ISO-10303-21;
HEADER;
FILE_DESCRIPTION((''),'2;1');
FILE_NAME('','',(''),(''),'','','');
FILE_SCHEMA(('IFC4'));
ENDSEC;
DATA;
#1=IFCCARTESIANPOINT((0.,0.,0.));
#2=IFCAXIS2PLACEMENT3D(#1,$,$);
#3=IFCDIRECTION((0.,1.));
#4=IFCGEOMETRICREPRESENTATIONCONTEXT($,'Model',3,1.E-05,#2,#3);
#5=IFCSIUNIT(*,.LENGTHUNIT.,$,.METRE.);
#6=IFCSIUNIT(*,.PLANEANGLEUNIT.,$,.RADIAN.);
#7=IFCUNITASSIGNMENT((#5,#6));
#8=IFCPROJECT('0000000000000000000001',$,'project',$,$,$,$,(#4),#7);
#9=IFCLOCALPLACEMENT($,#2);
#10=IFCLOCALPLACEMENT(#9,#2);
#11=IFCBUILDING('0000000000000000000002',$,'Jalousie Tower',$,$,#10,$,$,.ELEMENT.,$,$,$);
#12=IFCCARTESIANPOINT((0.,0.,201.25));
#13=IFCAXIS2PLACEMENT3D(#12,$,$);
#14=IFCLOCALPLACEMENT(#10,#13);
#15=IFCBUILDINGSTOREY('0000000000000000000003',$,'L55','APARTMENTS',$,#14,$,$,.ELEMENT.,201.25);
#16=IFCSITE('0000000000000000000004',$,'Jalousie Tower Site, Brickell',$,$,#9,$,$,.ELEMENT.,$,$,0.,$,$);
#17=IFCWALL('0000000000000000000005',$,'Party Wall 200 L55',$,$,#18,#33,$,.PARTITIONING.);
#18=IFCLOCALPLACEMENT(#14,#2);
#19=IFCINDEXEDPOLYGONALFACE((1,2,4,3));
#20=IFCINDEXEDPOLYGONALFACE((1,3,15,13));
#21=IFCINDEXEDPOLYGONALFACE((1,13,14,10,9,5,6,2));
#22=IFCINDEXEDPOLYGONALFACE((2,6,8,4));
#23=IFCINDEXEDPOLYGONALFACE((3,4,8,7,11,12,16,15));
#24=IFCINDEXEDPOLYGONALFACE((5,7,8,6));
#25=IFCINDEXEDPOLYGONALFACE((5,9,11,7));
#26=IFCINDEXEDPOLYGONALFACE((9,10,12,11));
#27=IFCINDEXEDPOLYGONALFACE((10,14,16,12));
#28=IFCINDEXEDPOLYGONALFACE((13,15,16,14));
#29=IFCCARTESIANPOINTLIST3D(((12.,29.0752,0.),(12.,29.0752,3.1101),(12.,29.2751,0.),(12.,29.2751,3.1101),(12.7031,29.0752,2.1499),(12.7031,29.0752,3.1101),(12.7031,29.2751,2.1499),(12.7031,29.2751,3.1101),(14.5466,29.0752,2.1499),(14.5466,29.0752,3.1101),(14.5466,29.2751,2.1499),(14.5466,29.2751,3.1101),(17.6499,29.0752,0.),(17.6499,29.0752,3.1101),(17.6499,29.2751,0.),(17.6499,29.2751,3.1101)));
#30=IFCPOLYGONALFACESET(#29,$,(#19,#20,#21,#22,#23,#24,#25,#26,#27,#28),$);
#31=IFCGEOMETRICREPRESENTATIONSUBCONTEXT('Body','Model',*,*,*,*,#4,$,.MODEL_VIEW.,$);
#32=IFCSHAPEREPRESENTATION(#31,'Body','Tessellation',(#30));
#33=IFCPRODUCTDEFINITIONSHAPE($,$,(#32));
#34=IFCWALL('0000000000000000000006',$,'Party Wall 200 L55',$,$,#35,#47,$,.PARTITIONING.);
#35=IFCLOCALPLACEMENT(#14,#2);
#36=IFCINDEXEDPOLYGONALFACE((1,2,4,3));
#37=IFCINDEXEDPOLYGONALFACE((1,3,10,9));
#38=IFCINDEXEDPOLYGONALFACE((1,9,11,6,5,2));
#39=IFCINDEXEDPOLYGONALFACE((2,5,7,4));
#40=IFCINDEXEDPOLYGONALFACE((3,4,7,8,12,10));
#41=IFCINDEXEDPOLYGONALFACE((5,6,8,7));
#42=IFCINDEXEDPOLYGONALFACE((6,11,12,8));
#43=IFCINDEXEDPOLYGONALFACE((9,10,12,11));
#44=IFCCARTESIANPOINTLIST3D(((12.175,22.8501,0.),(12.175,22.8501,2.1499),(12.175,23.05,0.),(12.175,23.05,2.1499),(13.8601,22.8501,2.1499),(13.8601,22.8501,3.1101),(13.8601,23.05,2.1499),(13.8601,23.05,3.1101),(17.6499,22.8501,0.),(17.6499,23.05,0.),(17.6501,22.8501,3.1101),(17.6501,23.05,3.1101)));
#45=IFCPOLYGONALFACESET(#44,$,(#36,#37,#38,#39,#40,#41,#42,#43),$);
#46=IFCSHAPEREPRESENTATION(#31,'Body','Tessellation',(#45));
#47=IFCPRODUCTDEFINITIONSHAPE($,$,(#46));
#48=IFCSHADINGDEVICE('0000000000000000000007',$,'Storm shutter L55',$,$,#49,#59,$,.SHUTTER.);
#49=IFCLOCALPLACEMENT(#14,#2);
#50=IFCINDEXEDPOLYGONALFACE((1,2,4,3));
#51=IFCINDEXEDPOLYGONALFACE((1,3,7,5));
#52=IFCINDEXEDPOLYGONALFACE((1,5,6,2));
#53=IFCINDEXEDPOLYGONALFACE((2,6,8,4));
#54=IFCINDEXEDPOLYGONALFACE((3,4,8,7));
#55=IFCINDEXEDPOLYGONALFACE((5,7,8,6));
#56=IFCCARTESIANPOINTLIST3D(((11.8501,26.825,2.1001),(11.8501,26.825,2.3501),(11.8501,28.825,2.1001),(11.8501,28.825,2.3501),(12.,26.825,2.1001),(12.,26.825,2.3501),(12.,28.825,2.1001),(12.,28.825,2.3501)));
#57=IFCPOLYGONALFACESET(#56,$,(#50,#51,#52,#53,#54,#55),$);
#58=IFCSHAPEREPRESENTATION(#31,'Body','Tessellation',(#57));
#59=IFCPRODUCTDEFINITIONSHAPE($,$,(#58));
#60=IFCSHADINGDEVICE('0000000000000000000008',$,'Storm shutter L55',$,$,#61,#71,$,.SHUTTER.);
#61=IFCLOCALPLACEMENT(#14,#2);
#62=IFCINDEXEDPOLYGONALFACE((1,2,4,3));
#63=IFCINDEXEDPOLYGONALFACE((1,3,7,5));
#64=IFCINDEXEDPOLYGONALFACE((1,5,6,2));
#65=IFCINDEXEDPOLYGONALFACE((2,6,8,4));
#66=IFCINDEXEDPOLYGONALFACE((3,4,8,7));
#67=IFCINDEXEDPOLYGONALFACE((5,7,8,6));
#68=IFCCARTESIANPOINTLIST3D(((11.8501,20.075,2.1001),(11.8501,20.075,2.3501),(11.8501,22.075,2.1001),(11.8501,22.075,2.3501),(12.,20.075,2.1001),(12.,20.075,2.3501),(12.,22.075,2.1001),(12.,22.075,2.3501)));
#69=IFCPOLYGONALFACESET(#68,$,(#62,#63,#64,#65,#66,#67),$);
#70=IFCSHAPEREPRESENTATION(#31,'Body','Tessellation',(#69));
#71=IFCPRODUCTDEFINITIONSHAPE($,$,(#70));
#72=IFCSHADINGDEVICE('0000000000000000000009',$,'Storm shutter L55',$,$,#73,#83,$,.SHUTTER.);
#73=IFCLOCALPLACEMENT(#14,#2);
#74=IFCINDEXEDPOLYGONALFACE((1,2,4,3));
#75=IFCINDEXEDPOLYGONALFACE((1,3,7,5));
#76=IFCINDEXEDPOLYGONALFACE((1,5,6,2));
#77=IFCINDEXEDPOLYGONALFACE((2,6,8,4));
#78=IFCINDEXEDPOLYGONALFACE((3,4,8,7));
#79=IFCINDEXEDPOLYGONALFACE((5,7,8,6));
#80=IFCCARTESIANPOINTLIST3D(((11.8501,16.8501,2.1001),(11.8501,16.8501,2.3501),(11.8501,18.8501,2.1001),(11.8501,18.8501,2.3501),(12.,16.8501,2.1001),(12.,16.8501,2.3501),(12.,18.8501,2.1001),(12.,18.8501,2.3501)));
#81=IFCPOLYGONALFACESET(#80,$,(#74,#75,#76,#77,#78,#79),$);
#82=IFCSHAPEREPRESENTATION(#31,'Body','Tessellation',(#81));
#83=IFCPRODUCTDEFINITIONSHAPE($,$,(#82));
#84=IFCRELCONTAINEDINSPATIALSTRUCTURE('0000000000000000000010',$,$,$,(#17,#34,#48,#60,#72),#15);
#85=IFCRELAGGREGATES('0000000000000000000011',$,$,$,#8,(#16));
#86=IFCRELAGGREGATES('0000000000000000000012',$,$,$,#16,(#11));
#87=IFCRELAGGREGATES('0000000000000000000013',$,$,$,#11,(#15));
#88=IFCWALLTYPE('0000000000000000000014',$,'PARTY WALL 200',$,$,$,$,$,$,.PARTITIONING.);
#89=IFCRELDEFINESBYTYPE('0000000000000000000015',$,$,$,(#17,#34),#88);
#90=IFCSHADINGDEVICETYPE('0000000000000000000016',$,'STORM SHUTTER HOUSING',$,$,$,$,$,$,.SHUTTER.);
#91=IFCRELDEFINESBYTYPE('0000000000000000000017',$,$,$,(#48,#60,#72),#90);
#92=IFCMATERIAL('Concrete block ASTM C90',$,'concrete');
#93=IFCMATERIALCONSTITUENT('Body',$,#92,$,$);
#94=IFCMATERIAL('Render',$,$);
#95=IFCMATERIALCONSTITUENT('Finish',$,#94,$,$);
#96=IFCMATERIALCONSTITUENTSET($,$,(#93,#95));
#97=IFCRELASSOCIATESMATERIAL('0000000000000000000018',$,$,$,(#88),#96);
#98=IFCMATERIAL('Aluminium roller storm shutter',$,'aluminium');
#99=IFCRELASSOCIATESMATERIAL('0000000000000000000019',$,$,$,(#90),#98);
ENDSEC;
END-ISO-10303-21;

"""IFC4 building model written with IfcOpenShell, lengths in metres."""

from ifc_helpers import new_model, si_unit, direction, frame, origin, origin_2d, place, context, subcontext, project, spatial, polyline, rectangle, outline, extrude, material, constituent, constituent_set, type_object, element, save


model = new_model("IFC4")

# Units and contexts
model_context = context("Model", 3, precision=1e-05, world=origin(), true_north=direction((0.0, 1.0)))
body_context = subcontext(model_context, "Body", "Model", "MODEL_VIEW")
ifc_project = project(units=[si_unit("LENGTHUNIT", "METRE"), si_unit("PLANEANGLEUNIT", "RADIAN")], contexts=[model_context])

# Site, building, storey
site_placement = place(None, origin())
site = spatial("IfcSite", under=ifc_project, at=site_placement, Name="Jalousie Tower Site, Brickell", CompositionType="ELEMENT", RefElevation=0.0)
building_placement = place(site_placement, origin())
building = spatial("IfcBuilding", under=site, at=building_placement, Name="Jalousie Tower", CompositionType="ELEMENT")
storey_placement = place(building_placement, frame((0.0, 0.0, 201.25)))
storey = spatial("IfcBuildingStorey", under=building, at=storey_placement, Name="L55", Description="APARTMENTS", CompositionType="ELEMENT", Elevation=201.25)

# Walls
ifc_material_1 = material(Name="Concrete block ASTM C90", Category="concrete")
ifc_constituent_1 = constituent(ifc_material_1, Name="Body")
ifc_material_2 = material(Name="Render")
ifc_constituent_2 = constituent(ifc_material_2, Name="Finish")
ifc_constituent_set_1 = constituent_set(constituents=[ifc_constituent_1, ifc_constituent_2])
wall_type_1 = type_object("IfcWallType", Name="PARTY WALL 200", PredefinedType="PARTITIONING", material=ifc_constituent_set_1)
wall_1_placement = place(storey_placement, frame((12.0, 29.175, 0.0), z_axis=(0.0, 0.0, 1.0), x_axis=(1.0, 0.0, 0.0)))
element("IfcWall", 1, at=wall_1_placement, inside=storey, type_object=wall_type_1, Name="Party Wall 200 L55", PredefinedType="PARTITIONING", context=body_context, shape_type="SweptSolid", body=[
    extrude(outline(polyline([(0.0, 0.0), (5.6499, 0.0), (5.6499, 3.1101), (2.5466, 3.1101), (2.5466, 2.1499), (0.7031, 2.1499), (0.7031, 3.1101), (0.0, 3.1101), (0.0, 0.0)])), frame((0.0, 0.1001, 0.0), z_axis=(0.0, -1.0, 0.0), x_axis=(1.0, 0.0, 0.0)), (0.0, 0.0, 1.0), 0.2),
])
wall_2_placement = place(storey_placement, frame((12.175, 22.95, 0.0), z_axis=(0.0, 0.0, 1.0), x_axis=(1.0, 0.0, 0.0)))
element("IfcWall", 2, at=wall_2_placement, inside=storey, type_object=wall_type_1, Name="Party Wall 200 L55", PredefinedType="PARTITIONING", context=body_context, shape_type="SweptSolid", body=[
    extrude(outline(polyline([(0.0, 0.0), (5.4749, 0.0), (5.4751, 3.1101), (1.6851, 3.1101), (1.6851, 2.1499), (0.0, 2.1499), (0.0, 3.1101), (0.0, 0.0)])), frame((0.0, 0.1001, 0.0), z_axis=(0.0, -1.0, 0.0), x_axis=(1.0, 0.0, 0.0)), (0.0, 0.0, 1.0), 0.2),
])

# Shading devices
ifc_material_3 = material(Name="Aluminium roller storm shutter", Category="aluminium")
shading_device_type = type_object("IfcShadingDeviceType", Name="STORM SHUTTER HOUSING", PredefinedType="SHUTTER", material=ifc_material_3)
for number, where, z_axis, x_axis, name in (
    (3, (11.925, 27.825, 2.1001), (0.0, 0.0, 1.0), (0.0, -1.0, 0.0), "Storm shutter L55"),
    (4, (11.925, 21.075, 2.1001), (0.0, 0.0, 1.0), (0.0, -1.0, 0.0), "Storm shutter L55"),
    (5, (11.925, 17.8501, 2.1001), (0.0, 0.0, 1.0), (0.0, -1.0, 0.0), "Storm shutter L55"),
):
    element("IfcShadingDevice", number, at=place(storey_placement, frame(where, z_axis=z_axis, x_axis=x_axis)), inside=storey, type_object=shading_device_type, Name=name, PredefinedType="SHUTTER", context=body_context, shape_type="SweptSolid", body=[
        extrude(rectangle(XDim=2.0, YDim=0.1499, at=origin_2d()), origin(), (0.0, 0.0, 1.0), 0.25),
    ])

save(model, "model.ifc")
